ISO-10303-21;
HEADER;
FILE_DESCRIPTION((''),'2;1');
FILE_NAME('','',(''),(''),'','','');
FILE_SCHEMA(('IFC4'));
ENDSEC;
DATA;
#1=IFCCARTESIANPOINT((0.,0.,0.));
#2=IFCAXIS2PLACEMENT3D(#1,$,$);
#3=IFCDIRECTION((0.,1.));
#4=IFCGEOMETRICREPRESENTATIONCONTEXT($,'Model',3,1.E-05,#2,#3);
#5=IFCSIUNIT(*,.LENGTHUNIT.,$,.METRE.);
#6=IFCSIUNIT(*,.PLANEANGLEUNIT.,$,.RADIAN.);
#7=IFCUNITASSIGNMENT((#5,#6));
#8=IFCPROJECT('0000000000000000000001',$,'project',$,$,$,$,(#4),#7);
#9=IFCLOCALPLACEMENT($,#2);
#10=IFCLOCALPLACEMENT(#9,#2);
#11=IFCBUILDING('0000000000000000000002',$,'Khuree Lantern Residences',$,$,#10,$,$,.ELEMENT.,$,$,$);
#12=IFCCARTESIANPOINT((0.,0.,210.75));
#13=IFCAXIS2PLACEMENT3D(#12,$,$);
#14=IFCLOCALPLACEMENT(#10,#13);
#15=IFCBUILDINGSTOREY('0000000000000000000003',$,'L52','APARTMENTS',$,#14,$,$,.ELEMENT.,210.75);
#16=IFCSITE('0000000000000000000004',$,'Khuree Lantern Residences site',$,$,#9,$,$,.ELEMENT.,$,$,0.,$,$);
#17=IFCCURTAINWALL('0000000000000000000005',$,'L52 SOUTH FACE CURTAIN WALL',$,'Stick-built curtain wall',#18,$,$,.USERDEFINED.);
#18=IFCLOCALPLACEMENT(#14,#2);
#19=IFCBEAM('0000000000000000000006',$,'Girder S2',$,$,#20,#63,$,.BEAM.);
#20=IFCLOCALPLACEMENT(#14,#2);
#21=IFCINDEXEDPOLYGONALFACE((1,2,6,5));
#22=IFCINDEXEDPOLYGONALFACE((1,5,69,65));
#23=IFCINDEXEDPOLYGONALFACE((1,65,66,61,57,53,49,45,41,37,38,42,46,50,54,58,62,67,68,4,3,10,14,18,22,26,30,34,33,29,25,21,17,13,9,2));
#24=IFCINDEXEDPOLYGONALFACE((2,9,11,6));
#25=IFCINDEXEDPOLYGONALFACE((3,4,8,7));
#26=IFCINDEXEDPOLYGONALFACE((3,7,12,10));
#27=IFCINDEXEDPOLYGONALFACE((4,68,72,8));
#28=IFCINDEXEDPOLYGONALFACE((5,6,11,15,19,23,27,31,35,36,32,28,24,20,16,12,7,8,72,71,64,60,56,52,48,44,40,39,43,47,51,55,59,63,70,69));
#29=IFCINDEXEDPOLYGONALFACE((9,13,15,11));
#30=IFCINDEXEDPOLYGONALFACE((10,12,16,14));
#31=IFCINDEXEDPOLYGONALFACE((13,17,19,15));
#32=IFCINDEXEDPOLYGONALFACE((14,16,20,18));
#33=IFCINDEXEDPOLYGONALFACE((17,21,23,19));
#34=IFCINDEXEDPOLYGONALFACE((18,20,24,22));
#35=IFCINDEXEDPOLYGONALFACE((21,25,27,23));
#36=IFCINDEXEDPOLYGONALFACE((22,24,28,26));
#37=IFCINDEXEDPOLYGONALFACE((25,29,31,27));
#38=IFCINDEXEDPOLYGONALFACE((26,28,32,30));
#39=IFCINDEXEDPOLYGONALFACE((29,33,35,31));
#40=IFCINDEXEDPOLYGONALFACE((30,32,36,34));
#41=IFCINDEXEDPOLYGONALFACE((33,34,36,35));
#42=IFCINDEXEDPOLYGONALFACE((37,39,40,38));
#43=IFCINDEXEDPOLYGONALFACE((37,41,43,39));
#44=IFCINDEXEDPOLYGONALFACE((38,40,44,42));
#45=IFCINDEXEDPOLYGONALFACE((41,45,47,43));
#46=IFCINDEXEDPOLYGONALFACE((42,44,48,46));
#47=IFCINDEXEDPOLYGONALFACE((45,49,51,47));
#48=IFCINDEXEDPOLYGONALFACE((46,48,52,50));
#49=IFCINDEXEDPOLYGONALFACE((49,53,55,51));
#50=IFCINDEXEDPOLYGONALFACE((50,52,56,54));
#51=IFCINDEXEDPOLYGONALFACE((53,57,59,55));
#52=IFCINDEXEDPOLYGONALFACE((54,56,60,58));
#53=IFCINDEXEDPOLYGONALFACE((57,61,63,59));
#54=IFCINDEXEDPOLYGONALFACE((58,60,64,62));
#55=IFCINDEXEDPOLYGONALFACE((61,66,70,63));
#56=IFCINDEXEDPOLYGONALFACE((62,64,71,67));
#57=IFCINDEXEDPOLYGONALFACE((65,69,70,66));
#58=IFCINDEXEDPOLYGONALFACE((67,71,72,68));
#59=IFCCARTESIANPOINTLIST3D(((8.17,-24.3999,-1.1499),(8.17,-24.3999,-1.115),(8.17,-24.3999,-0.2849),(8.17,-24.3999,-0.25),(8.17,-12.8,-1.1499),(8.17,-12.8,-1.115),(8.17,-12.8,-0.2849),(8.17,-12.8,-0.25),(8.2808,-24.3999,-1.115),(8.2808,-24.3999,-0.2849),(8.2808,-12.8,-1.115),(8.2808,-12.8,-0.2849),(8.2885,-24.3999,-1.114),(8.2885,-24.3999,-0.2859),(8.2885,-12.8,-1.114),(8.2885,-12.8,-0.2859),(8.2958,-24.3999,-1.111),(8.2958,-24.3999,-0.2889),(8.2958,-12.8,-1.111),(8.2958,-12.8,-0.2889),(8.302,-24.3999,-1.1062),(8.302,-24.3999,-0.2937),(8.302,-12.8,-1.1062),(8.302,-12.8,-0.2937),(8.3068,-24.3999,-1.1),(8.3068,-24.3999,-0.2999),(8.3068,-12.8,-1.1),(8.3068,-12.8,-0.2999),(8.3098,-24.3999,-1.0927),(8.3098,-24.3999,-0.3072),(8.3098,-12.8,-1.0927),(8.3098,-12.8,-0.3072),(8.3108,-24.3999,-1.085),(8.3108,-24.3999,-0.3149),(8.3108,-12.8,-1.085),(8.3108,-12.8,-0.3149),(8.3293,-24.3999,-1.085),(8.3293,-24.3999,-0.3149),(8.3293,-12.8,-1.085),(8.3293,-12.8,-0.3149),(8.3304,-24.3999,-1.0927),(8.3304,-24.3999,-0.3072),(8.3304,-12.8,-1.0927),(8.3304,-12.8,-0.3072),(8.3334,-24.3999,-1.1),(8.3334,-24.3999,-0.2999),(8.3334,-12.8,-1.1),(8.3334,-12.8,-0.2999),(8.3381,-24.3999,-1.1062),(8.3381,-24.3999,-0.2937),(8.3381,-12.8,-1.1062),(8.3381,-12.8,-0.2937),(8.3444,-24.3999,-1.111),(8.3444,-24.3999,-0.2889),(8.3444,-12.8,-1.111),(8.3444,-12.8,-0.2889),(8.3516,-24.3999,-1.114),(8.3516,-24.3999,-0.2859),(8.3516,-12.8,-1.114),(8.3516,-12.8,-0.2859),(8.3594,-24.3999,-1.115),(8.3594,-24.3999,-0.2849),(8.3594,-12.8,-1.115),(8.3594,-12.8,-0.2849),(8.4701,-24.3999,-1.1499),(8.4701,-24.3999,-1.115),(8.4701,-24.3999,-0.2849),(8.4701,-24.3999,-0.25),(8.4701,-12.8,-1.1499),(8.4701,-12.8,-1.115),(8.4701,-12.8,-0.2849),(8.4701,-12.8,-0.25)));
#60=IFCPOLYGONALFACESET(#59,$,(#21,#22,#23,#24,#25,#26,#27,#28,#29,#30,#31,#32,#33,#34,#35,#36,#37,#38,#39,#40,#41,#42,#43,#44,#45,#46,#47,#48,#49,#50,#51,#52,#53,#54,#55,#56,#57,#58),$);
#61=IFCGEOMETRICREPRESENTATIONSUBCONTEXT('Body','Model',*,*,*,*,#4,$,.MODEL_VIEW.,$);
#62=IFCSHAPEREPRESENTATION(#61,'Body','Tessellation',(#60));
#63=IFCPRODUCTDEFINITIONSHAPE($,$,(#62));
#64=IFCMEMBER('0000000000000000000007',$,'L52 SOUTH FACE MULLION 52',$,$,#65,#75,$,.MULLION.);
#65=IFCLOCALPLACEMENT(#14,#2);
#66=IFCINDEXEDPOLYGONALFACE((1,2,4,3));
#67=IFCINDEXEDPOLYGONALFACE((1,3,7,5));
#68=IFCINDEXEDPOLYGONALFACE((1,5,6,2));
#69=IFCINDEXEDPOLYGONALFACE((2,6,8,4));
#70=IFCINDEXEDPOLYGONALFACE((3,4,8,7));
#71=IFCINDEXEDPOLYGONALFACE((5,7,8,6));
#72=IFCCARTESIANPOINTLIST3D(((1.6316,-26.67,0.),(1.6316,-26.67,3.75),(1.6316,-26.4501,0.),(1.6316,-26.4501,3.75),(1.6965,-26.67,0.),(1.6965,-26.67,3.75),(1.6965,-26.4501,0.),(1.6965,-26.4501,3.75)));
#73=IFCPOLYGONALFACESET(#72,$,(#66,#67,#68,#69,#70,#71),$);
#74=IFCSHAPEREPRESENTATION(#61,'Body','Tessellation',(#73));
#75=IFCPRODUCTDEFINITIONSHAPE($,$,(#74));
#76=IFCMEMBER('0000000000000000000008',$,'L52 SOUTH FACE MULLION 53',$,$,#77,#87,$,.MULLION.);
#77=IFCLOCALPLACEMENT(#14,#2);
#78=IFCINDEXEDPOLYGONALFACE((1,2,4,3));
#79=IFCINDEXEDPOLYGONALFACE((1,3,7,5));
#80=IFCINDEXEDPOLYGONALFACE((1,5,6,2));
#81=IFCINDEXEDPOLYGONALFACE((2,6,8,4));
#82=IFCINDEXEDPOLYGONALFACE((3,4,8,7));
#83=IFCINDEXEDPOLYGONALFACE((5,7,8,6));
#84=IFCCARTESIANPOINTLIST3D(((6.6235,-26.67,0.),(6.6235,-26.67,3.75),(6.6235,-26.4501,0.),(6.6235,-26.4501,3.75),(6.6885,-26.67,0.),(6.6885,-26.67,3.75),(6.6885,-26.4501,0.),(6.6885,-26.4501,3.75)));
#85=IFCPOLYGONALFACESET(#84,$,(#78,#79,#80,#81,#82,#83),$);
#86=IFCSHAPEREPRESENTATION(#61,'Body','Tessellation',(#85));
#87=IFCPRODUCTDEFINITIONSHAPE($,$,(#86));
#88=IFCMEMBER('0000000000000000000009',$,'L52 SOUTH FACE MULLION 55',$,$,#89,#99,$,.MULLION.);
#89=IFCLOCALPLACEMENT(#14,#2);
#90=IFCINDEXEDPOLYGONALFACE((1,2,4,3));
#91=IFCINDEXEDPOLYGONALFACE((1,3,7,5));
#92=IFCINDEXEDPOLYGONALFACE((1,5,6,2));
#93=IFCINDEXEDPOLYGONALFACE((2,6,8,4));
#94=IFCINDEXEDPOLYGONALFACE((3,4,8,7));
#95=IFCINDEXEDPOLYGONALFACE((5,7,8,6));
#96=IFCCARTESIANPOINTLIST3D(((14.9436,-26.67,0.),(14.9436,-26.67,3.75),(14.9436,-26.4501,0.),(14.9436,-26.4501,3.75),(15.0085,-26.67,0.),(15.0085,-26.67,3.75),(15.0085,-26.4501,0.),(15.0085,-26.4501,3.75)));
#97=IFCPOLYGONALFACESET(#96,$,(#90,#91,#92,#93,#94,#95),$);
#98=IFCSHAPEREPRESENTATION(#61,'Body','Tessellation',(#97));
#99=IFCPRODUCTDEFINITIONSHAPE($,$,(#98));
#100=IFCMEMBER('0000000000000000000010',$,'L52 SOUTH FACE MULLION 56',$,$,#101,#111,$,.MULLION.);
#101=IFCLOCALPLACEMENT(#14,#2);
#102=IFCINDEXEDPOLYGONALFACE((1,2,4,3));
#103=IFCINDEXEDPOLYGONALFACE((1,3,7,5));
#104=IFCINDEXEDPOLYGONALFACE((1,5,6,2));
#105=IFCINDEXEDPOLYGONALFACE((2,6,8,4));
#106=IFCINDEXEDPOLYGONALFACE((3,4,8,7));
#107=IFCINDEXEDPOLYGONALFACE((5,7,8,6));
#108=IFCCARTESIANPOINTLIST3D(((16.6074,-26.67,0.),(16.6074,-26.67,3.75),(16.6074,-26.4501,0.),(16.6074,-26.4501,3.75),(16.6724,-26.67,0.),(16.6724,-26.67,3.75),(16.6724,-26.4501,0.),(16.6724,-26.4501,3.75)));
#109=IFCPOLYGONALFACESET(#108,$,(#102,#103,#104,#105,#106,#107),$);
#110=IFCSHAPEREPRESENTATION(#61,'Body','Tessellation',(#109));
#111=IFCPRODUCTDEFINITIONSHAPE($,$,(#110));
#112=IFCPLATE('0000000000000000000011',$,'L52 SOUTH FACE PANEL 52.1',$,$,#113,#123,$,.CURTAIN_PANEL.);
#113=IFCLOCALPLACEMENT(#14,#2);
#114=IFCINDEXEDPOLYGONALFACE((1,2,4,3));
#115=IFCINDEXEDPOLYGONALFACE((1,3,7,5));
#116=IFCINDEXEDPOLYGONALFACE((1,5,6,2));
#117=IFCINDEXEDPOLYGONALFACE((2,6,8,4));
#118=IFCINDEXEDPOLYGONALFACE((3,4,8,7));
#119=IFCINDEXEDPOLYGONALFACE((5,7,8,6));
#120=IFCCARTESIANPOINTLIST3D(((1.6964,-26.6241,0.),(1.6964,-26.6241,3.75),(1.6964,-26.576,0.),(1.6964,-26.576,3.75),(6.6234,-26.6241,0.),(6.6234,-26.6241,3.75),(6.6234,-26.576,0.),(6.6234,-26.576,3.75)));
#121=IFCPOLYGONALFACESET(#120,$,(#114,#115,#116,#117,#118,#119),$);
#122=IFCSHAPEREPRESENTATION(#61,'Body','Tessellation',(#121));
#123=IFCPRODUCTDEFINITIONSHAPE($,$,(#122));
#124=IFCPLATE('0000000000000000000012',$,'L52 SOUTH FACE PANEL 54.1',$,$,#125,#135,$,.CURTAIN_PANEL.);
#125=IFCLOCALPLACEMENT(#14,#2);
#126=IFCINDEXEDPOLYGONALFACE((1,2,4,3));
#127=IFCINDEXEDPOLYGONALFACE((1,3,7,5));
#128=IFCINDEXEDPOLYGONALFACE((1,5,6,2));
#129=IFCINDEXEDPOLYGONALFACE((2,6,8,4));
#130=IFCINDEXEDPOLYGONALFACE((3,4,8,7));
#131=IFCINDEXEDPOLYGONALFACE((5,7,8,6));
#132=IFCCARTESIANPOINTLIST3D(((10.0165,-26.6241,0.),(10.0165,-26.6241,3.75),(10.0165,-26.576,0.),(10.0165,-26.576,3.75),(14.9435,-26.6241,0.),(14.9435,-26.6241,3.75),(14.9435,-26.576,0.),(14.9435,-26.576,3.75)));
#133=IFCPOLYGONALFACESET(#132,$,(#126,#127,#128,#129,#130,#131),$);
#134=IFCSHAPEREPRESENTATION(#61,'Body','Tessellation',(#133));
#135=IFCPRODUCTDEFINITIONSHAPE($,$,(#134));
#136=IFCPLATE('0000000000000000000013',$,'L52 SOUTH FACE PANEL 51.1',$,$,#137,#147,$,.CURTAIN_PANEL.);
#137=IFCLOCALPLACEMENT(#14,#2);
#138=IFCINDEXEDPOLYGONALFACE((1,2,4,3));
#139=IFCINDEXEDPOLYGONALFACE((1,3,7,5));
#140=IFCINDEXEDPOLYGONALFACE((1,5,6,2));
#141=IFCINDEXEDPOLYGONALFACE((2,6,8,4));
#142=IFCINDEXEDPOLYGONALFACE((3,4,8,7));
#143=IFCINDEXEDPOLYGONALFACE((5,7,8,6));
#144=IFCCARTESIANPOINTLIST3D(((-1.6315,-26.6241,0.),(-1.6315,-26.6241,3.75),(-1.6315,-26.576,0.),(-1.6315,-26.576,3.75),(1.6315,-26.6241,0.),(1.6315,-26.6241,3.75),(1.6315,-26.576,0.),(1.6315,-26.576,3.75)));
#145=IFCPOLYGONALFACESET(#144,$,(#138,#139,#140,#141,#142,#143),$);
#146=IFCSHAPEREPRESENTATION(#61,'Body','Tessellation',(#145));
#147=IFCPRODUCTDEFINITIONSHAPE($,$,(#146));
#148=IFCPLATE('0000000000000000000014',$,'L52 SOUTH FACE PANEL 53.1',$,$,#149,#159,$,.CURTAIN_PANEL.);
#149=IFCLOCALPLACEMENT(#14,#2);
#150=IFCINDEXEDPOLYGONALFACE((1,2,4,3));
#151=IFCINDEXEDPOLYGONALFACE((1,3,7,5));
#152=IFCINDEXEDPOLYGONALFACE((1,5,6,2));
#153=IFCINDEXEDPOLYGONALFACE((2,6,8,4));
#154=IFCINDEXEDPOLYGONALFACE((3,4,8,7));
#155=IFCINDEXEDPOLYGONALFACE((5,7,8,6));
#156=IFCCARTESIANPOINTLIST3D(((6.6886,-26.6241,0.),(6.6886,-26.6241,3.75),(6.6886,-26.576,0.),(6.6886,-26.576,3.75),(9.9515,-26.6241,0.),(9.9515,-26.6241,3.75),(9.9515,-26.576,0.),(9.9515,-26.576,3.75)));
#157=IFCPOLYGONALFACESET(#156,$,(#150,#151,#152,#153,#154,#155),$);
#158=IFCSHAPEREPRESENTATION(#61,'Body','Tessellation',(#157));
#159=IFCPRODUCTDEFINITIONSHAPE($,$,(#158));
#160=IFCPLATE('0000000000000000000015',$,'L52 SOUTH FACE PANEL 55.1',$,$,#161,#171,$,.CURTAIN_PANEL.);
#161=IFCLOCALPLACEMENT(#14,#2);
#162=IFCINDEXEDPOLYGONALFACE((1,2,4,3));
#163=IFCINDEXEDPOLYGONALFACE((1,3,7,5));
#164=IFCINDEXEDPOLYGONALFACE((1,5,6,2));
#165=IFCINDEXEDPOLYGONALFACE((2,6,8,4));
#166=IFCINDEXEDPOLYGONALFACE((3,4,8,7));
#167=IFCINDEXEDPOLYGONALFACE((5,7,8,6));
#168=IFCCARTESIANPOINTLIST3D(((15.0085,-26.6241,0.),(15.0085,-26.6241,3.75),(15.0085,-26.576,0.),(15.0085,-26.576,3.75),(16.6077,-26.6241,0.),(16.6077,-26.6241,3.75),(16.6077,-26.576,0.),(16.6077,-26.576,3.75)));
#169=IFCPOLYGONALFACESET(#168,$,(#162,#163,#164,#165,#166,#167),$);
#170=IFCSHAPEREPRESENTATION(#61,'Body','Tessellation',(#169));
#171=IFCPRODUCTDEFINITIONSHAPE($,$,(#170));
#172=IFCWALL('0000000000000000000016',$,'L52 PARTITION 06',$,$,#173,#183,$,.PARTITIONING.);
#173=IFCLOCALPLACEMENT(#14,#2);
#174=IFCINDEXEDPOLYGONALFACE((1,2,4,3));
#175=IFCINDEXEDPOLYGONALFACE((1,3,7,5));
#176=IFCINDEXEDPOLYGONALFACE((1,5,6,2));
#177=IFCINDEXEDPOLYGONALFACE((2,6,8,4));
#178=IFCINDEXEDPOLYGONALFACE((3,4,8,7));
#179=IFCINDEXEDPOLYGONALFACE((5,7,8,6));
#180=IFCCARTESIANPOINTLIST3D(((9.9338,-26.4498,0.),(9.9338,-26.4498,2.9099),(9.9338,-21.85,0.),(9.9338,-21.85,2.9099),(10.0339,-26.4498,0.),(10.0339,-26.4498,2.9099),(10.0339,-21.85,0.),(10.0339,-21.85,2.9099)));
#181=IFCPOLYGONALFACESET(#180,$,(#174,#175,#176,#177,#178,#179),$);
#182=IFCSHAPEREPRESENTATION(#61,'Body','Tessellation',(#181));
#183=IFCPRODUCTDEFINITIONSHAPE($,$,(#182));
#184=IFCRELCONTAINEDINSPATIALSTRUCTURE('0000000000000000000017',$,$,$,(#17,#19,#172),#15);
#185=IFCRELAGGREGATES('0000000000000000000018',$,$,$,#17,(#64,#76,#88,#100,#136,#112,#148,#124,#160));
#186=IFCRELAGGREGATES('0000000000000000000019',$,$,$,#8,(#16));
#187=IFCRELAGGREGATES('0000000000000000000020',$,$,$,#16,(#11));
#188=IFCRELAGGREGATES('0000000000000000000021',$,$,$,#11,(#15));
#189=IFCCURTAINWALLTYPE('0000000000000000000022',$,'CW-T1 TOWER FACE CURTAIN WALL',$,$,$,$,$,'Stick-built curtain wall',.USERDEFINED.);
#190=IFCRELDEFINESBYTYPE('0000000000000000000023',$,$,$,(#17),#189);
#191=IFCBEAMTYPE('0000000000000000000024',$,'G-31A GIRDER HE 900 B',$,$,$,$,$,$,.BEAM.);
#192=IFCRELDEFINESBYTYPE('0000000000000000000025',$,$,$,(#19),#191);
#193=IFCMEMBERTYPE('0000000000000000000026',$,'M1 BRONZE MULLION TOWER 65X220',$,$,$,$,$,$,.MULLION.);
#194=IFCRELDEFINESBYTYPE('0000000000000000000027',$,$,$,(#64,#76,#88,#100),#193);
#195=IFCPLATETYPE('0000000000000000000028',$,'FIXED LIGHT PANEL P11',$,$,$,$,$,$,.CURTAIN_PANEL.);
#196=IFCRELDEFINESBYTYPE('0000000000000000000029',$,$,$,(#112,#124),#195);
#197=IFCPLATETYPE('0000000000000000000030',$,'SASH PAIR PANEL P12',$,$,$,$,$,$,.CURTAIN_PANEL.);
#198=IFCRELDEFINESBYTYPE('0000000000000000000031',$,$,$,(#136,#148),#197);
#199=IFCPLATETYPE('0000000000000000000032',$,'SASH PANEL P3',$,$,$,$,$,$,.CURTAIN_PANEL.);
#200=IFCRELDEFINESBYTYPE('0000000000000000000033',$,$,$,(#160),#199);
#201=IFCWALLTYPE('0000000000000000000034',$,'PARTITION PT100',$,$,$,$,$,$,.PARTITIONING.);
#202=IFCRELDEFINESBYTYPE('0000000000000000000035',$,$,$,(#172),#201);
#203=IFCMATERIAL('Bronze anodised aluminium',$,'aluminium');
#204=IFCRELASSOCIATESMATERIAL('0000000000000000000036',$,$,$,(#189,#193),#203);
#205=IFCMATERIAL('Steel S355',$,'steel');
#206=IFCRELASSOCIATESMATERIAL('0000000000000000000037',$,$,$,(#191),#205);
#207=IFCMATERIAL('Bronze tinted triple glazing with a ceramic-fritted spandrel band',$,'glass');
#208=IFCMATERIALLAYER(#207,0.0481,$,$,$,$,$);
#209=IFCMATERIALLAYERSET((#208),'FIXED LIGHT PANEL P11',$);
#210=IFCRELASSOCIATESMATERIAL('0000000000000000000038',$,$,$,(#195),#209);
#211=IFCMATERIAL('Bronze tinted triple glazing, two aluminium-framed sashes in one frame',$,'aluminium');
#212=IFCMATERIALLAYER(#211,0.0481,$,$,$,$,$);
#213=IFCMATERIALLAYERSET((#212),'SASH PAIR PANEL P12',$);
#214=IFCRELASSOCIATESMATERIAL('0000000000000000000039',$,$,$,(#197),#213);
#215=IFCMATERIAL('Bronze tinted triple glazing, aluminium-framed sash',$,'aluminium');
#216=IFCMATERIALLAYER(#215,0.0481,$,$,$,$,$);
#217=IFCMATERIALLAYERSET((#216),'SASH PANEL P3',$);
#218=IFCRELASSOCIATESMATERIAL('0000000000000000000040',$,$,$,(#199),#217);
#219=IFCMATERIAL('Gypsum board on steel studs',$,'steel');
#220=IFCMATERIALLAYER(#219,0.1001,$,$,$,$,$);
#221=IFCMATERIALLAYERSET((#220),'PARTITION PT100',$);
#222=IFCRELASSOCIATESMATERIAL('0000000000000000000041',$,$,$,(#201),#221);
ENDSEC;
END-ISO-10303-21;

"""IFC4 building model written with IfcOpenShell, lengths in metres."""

from ifc_helpers import new_model, si_unit, direction, frame, frame_2d, origin, origin_2d, place, context, subcontext, project, spatial, rectangle, i_section, extrude, material, layer, layer_set, material_profile, profile_set, type_object, element, aggregate, save


model = new_model("IFC4")

# Units and contexts
model_context = context("Model", 3, precision=1e-05, world=origin(), true_north=direction((0.0, 1.0)))
body_context = subcontext(model_context, "Body", "Model", "MODEL_VIEW")
ifc_project = project(units=[si_unit("LENGTHUNIT", "METRE"), si_unit("PLANEANGLEUNIT", "RADIAN")], contexts=[model_context])

# Site, building, storey
site_placement = place(None, origin())
site = spatial("IfcSite", under=ifc_project, at=site_placement, Name="Khuree Lantern Residences site", CompositionType="ELEMENT", RefElevation=0.0)
building_placement = place(site_placement, origin())
building = spatial("IfcBuilding", under=site, at=building_placement, Name="Khuree Lantern Residences", CompositionType="ELEMENT")
storey_placement = place(building_placement, frame((0.0, 0.0, 210.75)))
storey = spatial("IfcBuildingStorey", under=building, at=storey_placement, Name="L52", Description="APARTMENTS", CompositionType="ELEMENT", Elevation=210.75)

# Shared definitions
ifc_material_1 = material(Name="Steel S355", Category="steel")

# Curtain wall
ifc_material_2 = material(Name="Bronze anodised aluminium", Category="aluminium")
curtain_wall_type = type_object("IfcCurtainWallType", Name="CW-T1 TOWER FACE CURTAIN WALL", ElementType="Stick-built curtain wall", PredefinedType="USERDEFINED", material=ifc_material_2)
curtain_wall_placement = place(storey_placement, origin())
curtain_wall = element("IfcCurtainWall", 1, at=curtain_wall_placement, inside=storey, type_object=curtain_wall_type, Name="L52 SOUTH FACE CURTAIN WALL", ObjectType="Stick-built curtain wall", PredefinedType="USERDEFINED")

# Beam
ifc_material_profile_1 = material_profile(ifc_material_1, i_section(OverallWidth=0.3, OverallDepth=0.8999, WebThickness=0.0186, FlangeThickness=0.0349, FilletRadius=0.03, at=origin_2d()), Name="HE 900 B")
ifc_profile_set_1 = profile_set([ifc_material_profile_1], Name="Steel S355")
beam_type_1 = type_object("IfcBeamType", Name="G-31A GIRDER HE 900 B", PredefinedType="BEAM", material=ifc_profile_set_1)
beam_1_placement = place(storey_placement, frame((8.3201, -24.3999, -0.7), z_axis=(0.0, 1.0, 0.0), x_axis=(-1.0, 0.0, 0.0)))
element("IfcBeam", 2, at=beam_1_placement, inside=storey, type_object=beam_type_1, Name="Girder S2", PredefinedType="BEAM", context=body_context, shape_type="SweptSolid", body=[
    extrude(i_section(OverallWidth=0.3, OverallDepth=0.8999, WebThickness=0.0186, FlangeThickness=0.0349, FilletRadius=0.03, at=origin_2d()), origin(), (0.0, 0.0, 1.0), 11.5999),
])

# Members
ifc_material_profile_2 = material_profile(ifc_material_2, rectangle(XDim=0.0649, YDim=0.22, at=origin_2d()), Name="M1 65X220")
ifc_profile_set_2 = profile_set([ifc_material_profile_2], Name="Bronze anodised aluminium")
member_type_1 = type_object("IfcMemberType", Name="M1 BRONZE MULLION TOWER 65X220", PredefinedType="MULLION", material=ifc_profile_set_2)
member_1_placement = place(storey_placement, frame((1.6641, -26.5601, 0.0), z_axis=(0.0, 0.0, 1.0), x_axis=(1.0, 0.0, 0.0)))
member_1 = element("IfcMember", 3, at=member_1_placement, type_object=member_type_1, Name="L52 SOUTH FACE MULLION 52", PredefinedType="MULLION", context=body_context, shape_type="SweptSolid", body=[
    extrude(rectangle(XDim=0.0649, YDim=0.22, at=origin_2d()), origin(), (0.0, 0.0, 1.0), 3.75),
])
member_2_placement = place(storey_placement, frame((6.656, -26.5601, 0.0), z_axis=(0.0, 0.0, 1.0), x_axis=(1.0, 0.0, 0.0)))
member_2 = element("IfcMember", 4, at=member_2_placement, type_object=member_type_1, Name="L52 SOUTH FACE MULLION 53", PredefinedType="MULLION", context=body_context, shape_type="SweptSolid", body=[
    extrude(rectangle(XDim=0.0649, YDim=0.22, at=origin_2d()), origin(), (0.0, 0.0, 1.0), 3.75),
])
member_3_placement = place(storey_placement, frame((14.9761, -26.5601, 0.0), z_axis=(0.0, 0.0, 1.0), x_axis=(1.0, 0.0, 0.0)))
member_3 = element("IfcMember", 5, at=member_3_placement, type_object=member_type_1, Name="L52 SOUTH FACE MULLION 55", PredefinedType="MULLION", context=body_context, shape_type="SweptSolid", body=[
    extrude(rectangle(XDim=0.0649, YDim=0.22, at=origin_2d()), origin(), (0.0, 0.0, 1.0), 3.75),
])
member_4_placement = place(storey_placement, frame((16.6399, -26.5601, 0.0), z_axis=(0.0, 0.0, 1.0), x_axis=(1.0, 0.0, 0.0)))
member_4 = element("IfcMember", 6, at=member_4_placement, type_object=member_type_1, Name="L52 SOUTH FACE MULLION 56", PredefinedType="MULLION", context=body_context, shape_type="SweptSolid", body=[
    extrude(rectangle(XDim=0.0649, YDim=0.22, at=origin_2d()), origin(), (0.0, 0.0, 1.0), 3.75),
])

# Plates
ifc_material_3 = material(Name="Bronze tinted triple glazing with a ceramic-fritted spandrel band", Category="glass")
ifc_layer_1 = layer(ifc_material_3, 0.0481)
ifc_layer_set_1 = layer_set([ifc_layer_1], Name="FIXED LIGHT PANEL P11")
plate_type_1 = type_object("IfcPlateType", Name="FIXED LIGHT PANEL P11", PredefinedType="CURTAIN_PANEL", material=ifc_layer_set_1)
plate_1_placement = place(storey_placement, frame((4.1599, -26.6001, 0.0), z_axis=(0.0, 0.0, 1.0), x_axis=(1.0, 0.0, 0.0)))
plate_1 = element("IfcPlate", 7, at=plate_1_placement, type_object=plate_type_1, Name="L52 SOUTH FACE PANEL 52.1", PredefinedType="CURTAIN_PANEL", context=body_context, shape_type="SweptSolid", body=[
    extrude(rectangle(XDim=4.927, YDim=0.0481, at=origin_2d()), origin(), (0.0, 0.0, 1.0), 3.75),
])
plate_2_placement = place(storey_placement, frame((12.48, -26.6001, 0.0), z_axis=(0.0, 0.0, 1.0), x_axis=(1.0, 0.0, 0.0)))
plate_2 = element("IfcPlate", 8, at=plate_2_placement, type_object=plate_type_1, Name="L52 SOUTH FACE PANEL 54.1", PredefinedType="CURTAIN_PANEL", context=body_context, shape_type="SweptSolid", body=[
    extrude(rectangle(XDim=4.927, YDim=0.0481, at=origin_2d()), origin(), (0.0, 0.0, 1.0), 3.75),
])
ifc_material_4 = material(Name="Bronze tinted triple glazing, two aluminium-framed sashes in one frame", Category="aluminium")
ifc_layer_2 = layer(ifc_material_4, 0.0481)
ifc_layer_set_2 = layer_set([ifc_layer_2], Name="SASH PAIR PANEL P12")
plate_type_2 = type_object("IfcPlateType", Name="SASH PAIR PANEL P12", PredefinedType="CURTAIN_PANEL", material=ifc_layer_set_2)
plate_3_placement = place(storey_placement, frame((0.0, -26.6001, 0.0), z_axis=(0.0, 0.0, 1.0), x_axis=(1.0, 0.0, 0.0)))
plate_3 = element("IfcPlate", 9, at=plate_3_placement, type_object=plate_type_2, Name="L52 SOUTH FACE PANEL 51.1", PredefinedType="CURTAIN_PANEL", context=body_context, shape_type="SweptSolid", body=[
    extrude(rectangle(XDim=3.2629, YDim=0.0481, at=origin_2d()), origin(), (0.0, 0.0, 1.0), 3.75),
])
plate_4_placement = place(storey_placement, frame((8.3201, -26.6001, 0.0), z_axis=(0.0, 0.0, 1.0), x_axis=(1.0, 0.0, 0.0)))
plate_4 = element("IfcPlate", 10, at=plate_4_placement, type_object=plate_type_2, Name="L52 SOUTH FACE PANEL 53.1", PredefinedType="CURTAIN_PANEL", context=body_context, shape_type="SweptSolid", body=[
    extrude(rectangle(XDim=3.2629, YDim=0.0481, at=origin_2d()), origin(), (0.0, 0.0, 1.0), 3.75),
])
ifc_material_5 = material(Name="Bronze tinted triple glazing, aluminium-framed sash", Category="aluminium")
ifc_layer_3 = layer(ifc_material_5, 0.0481)
ifc_layer_set_3 = layer_set([ifc_layer_3], Name="SASH PANEL P3")
plate_type_3 = type_object("IfcPlateType", Name="SASH PANEL P3", PredefinedType="CURTAIN_PANEL", material=ifc_layer_set_3)
plate_5_placement = place(storey_placement, frame((15.8081, -26.6001, 0.0), z_axis=(0.0, 0.0, 1.0), x_axis=(1.0, 0.0, 0.0)))
plate_5 = element("IfcPlate", 11, at=plate_5_placement, type_object=plate_type_3, Name="L52 SOUTH FACE PANEL 55.1", PredefinedType="CURTAIN_PANEL", context=body_context, shape_type="SweptSolid", body=[
    extrude(rectangle(XDim=1.5991, YDim=0.0481, at=origin_2d()), origin(), (0.0, 0.0, 1.0), 3.75),
])
aggregate(curtain_wall, [member_1, member_2, member_3, member_4, plate_3, plate_1, plate_4, plate_2, plate_5])

# Wall
ifc_material_6 = material(Name="Gypsum board on steel studs", Category="steel")
ifc_layer_4 = layer(ifc_material_6, 0.1001)
ifc_layer_set_4 = layer_set([ifc_layer_4], Name="PARTITION PT100")
wall_type = type_object("IfcWallType", Name="PARTITION PT100", PredefinedType="PARTITIONING", material=ifc_layer_set_4)
wall_1_placement = place(storey_placement, frame((9.9839, -21.8501, 0.0), z_axis=(0.0, 0.0, 1.0), x_axis=(0.0, -1.0, 0.0)))
element("IfcWall", 12, at=wall_1_placement, inside=storey, type_object=wall_type, Name="L52 PARTITION 06", PredefinedType="PARTITIONING", context=body_context, shape_type="SweptSolid", body=[
    extrude(rectangle(XDim=4.5999, YDim=0.1001, at=frame_2d((2.2998, 0.0))), origin(), (0.0, 0.0, 1.0), 2.9099),
])

save(model, "model.ifc")
